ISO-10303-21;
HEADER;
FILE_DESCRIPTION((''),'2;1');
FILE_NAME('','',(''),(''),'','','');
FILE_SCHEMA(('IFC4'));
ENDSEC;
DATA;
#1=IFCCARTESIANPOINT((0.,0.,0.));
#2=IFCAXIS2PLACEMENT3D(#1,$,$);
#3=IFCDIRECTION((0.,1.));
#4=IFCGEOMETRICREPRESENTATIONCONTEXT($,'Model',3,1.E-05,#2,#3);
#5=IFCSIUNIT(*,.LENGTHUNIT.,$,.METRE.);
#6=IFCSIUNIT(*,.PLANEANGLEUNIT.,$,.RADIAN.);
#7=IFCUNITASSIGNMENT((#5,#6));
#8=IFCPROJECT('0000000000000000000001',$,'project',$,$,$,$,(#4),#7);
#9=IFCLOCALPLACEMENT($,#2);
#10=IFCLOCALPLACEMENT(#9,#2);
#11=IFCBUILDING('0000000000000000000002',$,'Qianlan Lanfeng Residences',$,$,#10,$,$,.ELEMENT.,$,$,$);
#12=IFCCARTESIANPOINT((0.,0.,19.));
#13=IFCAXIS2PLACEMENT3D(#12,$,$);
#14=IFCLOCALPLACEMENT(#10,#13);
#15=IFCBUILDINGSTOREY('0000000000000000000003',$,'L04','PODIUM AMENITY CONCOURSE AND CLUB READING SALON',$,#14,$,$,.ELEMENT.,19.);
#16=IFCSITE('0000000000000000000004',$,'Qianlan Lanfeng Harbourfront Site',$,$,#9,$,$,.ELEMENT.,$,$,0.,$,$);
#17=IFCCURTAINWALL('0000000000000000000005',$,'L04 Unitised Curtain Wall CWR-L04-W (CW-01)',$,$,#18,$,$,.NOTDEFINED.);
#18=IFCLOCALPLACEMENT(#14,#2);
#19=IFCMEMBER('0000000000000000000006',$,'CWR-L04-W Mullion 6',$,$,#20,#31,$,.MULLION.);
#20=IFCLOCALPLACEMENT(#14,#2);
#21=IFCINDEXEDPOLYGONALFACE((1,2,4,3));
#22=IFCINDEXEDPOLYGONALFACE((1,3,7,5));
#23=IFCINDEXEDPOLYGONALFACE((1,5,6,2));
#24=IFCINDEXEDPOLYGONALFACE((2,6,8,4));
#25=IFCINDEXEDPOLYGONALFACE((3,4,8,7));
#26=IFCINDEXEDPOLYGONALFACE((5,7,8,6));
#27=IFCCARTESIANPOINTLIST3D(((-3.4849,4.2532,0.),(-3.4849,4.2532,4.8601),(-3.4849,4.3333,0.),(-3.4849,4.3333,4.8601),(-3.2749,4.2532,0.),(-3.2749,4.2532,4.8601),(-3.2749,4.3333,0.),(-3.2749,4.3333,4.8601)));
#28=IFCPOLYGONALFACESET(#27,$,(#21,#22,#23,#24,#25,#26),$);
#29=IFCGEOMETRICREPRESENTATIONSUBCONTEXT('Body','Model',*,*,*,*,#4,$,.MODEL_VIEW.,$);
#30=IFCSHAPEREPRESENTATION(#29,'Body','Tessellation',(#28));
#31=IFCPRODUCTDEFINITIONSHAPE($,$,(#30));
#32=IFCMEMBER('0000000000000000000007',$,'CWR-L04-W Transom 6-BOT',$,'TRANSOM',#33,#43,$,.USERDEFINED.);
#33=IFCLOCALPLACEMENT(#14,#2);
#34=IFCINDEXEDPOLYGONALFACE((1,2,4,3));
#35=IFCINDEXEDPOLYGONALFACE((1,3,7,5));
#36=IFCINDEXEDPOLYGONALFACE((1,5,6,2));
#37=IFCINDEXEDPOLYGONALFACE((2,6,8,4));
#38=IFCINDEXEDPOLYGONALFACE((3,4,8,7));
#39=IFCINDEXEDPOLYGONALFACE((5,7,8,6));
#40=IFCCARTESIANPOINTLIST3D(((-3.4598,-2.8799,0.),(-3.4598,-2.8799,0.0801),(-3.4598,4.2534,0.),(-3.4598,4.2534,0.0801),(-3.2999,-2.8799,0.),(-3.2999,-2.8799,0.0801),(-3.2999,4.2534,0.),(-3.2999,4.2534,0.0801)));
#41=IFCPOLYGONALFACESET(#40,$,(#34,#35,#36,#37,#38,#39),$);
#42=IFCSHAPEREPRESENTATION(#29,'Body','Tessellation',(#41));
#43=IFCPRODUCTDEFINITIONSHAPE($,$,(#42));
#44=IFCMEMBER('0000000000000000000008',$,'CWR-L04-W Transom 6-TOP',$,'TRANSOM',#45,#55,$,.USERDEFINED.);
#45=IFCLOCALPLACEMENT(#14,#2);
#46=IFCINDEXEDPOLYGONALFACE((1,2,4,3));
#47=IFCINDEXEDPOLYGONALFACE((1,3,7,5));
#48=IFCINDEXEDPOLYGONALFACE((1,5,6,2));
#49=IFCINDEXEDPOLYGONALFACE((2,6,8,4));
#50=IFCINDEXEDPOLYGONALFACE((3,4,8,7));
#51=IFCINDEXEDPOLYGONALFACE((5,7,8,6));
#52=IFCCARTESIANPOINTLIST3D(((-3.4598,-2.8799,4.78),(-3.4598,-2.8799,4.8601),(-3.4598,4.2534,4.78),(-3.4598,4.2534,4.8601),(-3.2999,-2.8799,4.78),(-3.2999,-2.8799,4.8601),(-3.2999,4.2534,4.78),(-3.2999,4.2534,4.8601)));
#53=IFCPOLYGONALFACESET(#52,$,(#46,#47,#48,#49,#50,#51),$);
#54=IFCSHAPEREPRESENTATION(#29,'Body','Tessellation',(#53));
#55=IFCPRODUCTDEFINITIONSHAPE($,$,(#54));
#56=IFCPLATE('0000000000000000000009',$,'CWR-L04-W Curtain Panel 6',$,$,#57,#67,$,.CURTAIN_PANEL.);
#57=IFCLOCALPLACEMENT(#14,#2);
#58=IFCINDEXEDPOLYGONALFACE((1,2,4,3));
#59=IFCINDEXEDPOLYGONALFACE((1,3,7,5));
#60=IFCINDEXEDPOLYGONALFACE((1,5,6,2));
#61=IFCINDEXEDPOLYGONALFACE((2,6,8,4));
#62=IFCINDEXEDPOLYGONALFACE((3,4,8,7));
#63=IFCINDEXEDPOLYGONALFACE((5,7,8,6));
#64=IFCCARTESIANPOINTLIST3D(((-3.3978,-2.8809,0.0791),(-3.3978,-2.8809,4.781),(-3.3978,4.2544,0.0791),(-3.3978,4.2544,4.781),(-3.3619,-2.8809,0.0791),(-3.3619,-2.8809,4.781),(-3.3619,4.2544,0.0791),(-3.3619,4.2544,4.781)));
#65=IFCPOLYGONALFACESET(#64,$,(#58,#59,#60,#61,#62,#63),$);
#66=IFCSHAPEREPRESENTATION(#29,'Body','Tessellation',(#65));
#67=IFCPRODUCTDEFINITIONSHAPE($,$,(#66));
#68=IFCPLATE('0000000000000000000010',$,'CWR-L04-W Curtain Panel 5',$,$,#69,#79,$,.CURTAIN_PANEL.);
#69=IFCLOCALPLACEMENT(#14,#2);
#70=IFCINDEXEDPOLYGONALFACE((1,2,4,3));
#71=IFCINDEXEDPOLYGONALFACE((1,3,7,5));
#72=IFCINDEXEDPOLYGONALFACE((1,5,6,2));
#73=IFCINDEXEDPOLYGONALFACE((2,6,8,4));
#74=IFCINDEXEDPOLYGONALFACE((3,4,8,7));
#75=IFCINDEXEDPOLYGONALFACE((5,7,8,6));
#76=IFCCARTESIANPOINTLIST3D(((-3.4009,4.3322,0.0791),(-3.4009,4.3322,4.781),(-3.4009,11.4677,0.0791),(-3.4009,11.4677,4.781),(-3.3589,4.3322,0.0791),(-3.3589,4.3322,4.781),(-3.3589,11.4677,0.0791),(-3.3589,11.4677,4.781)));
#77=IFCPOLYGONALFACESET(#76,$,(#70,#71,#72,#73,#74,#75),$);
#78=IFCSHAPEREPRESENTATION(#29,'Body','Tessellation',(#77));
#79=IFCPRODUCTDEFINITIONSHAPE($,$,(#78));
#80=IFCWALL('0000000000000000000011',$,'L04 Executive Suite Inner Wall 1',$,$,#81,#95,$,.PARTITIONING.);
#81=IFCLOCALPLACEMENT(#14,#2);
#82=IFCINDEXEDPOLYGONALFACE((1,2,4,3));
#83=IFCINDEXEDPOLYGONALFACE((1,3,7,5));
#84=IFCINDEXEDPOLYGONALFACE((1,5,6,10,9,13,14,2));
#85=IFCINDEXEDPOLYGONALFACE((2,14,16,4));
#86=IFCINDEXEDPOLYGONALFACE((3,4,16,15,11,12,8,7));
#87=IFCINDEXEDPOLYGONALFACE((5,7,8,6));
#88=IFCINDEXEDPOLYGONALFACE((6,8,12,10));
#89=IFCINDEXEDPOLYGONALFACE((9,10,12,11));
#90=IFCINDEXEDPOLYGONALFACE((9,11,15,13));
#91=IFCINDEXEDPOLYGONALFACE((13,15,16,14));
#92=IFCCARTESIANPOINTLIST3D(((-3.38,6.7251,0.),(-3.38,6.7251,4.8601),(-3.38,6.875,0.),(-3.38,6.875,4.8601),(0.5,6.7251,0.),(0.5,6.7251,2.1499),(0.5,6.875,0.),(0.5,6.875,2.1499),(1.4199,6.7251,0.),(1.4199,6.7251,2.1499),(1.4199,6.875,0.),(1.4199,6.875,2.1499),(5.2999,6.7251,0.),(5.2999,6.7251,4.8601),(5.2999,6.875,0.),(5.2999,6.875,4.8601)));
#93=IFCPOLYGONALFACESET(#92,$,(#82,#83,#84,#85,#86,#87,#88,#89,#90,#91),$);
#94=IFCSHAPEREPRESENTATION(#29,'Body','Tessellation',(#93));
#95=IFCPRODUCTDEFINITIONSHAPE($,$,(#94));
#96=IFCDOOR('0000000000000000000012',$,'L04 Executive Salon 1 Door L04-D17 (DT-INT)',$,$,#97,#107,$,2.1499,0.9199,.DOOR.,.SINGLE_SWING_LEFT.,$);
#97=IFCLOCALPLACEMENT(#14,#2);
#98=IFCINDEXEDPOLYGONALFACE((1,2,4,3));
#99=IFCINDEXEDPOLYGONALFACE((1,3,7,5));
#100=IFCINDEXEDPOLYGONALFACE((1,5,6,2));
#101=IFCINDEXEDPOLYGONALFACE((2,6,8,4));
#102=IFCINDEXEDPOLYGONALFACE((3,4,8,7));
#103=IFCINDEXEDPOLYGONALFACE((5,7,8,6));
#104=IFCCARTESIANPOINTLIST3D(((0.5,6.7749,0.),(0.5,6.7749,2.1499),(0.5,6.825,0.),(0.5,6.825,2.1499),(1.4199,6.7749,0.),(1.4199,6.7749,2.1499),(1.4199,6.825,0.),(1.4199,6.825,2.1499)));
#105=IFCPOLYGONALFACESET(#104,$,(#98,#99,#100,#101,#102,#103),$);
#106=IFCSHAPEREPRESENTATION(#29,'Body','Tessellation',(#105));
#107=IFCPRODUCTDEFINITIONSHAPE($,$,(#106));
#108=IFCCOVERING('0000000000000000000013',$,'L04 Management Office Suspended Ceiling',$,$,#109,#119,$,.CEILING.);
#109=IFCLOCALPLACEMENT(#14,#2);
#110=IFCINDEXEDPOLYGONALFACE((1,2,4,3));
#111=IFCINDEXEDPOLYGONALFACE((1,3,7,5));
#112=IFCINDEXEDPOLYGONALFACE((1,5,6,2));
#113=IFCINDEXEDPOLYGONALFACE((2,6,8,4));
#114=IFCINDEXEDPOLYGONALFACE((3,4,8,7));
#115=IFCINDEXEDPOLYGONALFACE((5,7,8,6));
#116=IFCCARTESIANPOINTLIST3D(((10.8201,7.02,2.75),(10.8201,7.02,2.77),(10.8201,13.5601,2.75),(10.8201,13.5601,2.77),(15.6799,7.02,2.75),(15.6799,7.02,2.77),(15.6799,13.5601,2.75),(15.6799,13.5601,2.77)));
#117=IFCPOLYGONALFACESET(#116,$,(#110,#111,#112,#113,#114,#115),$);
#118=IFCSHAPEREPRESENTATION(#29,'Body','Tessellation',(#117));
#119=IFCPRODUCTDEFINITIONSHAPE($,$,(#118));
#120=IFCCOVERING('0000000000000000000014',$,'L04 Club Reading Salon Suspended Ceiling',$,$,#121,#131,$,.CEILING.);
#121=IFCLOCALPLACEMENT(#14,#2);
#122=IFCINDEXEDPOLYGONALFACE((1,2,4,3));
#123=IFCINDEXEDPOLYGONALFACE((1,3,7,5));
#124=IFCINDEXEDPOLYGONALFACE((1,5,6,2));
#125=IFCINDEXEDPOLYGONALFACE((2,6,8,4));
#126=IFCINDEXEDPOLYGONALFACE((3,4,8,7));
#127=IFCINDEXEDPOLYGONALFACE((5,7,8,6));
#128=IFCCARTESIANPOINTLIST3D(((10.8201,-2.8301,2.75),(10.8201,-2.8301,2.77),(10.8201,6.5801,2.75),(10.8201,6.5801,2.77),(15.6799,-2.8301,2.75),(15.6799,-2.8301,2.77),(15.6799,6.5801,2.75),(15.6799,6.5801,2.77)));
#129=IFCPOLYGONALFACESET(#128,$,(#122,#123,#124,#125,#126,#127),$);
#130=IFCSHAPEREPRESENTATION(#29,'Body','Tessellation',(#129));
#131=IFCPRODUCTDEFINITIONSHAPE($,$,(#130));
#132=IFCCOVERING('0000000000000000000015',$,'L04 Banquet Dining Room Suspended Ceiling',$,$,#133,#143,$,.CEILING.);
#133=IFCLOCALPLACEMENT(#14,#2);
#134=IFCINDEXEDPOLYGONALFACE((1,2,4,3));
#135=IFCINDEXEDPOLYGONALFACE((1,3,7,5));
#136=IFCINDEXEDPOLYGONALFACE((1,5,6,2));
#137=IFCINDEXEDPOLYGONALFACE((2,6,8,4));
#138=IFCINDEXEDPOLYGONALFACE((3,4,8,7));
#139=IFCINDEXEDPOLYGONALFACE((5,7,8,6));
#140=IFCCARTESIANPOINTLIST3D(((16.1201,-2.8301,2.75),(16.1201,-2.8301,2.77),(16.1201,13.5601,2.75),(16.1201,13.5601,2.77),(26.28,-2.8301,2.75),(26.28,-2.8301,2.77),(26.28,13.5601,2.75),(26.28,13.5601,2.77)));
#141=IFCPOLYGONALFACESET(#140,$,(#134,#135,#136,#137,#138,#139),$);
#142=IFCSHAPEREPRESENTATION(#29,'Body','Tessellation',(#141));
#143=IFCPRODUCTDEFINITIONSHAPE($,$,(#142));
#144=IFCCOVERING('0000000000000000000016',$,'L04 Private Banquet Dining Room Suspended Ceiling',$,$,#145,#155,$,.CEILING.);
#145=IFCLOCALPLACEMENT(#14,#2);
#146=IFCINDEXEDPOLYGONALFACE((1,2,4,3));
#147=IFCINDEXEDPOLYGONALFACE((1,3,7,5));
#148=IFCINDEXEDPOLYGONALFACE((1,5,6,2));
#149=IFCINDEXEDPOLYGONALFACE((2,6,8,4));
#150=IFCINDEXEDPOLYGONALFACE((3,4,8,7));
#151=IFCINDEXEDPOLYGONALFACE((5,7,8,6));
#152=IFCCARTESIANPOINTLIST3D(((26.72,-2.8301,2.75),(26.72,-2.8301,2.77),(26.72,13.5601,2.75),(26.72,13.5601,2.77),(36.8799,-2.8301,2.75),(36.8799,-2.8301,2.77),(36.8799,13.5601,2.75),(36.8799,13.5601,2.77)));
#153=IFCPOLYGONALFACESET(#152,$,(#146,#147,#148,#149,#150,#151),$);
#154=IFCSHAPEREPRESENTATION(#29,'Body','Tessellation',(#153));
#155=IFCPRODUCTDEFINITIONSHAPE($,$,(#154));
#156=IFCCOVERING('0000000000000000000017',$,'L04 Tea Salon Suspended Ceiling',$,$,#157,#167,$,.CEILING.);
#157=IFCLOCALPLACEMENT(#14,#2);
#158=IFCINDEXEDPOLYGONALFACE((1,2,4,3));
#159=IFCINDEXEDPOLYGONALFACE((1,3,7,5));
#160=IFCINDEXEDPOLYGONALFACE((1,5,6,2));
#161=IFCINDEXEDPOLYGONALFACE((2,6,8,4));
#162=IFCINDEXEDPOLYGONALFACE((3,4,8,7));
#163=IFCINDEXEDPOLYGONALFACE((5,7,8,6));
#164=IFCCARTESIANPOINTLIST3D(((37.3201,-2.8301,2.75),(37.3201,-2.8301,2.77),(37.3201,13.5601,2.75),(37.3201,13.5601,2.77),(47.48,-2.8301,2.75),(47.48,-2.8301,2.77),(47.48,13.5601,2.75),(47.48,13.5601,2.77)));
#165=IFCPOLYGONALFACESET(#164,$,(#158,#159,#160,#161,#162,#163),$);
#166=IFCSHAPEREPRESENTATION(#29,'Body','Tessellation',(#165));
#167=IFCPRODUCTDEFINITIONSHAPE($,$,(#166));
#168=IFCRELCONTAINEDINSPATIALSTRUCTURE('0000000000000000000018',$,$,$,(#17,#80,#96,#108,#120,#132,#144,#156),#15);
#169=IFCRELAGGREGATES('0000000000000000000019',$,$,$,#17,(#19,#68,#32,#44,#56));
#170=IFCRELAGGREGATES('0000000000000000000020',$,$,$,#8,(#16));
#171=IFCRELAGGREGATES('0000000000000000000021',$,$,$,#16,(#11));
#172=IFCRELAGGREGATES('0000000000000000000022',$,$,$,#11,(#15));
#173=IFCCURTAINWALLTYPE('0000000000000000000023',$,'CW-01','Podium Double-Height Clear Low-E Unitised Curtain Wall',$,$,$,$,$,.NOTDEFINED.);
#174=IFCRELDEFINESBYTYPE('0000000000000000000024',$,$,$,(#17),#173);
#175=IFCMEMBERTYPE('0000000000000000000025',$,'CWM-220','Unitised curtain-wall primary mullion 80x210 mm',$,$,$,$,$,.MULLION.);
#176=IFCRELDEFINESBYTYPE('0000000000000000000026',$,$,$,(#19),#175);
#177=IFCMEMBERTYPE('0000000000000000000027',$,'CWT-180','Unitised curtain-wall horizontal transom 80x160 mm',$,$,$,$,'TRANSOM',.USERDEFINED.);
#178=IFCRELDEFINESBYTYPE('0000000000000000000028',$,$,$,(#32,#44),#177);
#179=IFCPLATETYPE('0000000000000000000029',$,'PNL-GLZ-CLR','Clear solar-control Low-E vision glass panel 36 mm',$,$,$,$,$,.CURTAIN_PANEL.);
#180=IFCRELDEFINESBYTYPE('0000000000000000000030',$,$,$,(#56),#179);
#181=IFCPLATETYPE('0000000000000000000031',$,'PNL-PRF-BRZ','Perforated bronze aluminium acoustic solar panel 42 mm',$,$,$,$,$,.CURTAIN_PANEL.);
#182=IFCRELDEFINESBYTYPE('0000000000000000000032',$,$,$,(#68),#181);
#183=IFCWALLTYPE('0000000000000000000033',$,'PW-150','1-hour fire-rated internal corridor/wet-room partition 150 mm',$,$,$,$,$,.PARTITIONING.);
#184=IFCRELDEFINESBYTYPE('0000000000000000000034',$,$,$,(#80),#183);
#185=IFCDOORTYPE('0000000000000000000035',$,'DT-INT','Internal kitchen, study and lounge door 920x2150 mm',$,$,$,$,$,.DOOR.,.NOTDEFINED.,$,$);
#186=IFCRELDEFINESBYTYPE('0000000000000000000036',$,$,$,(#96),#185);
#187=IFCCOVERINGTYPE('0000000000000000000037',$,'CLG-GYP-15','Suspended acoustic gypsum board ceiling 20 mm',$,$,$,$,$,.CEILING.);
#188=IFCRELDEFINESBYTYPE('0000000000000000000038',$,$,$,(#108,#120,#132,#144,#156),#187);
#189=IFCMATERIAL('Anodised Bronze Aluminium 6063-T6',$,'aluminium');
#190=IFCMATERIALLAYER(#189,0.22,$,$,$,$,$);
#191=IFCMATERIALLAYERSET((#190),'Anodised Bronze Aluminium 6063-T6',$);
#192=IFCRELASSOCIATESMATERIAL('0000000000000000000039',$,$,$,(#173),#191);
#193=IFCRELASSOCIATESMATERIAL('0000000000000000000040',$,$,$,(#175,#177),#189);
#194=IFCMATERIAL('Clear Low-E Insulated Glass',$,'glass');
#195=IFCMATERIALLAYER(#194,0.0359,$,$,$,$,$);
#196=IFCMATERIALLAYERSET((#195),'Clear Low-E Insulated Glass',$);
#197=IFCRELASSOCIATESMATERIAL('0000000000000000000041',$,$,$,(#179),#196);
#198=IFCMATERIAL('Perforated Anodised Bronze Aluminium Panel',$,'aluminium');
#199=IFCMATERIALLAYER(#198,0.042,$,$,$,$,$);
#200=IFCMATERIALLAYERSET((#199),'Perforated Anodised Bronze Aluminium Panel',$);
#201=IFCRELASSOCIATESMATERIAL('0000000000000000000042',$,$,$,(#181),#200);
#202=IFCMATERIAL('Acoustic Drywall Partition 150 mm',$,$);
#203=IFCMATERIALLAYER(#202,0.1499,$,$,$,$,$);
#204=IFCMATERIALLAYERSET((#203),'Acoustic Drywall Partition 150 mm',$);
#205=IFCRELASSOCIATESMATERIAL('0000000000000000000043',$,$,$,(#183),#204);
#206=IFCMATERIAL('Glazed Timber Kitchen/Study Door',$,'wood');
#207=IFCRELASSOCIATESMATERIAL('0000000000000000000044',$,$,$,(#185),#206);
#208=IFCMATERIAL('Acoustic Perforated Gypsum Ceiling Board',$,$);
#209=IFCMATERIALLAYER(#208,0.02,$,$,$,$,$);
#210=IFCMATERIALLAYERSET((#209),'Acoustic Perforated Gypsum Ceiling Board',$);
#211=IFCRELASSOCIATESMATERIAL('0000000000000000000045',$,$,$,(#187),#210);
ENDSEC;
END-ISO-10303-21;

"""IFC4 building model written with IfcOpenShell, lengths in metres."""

from ifc_helpers import new_model, si_unit, direction, frame, frame_2d, origin, origin_2d, place, context, subcontext, project, spatial, polyline, rectangle, outline, extrude, source, transform, mapped, material, layer, layer_set, material_profile, profile_set, type_object, element, fill, aggregate, save


model = new_model("IFC4")

# Units and contexts
model_context = context("Model", 3, precision=1e-05, world=origin(), true_north=direction((0.0, 1.0)))
body_context = subcontext(model_context, "Body", "Model", "MODEL_VIEW")
ifc_project = project(units=[si_unit("LENGTHUNIT", "METRE"), si_unit("PLANEANGLEUNIT", "RADIAN")], contexts=[model_context])

# Site, building, storey
site_placement = place(None, origin())
site = spatial("IfcSite", under=ifc_project, at=site_placement, Name="Qianlan Lanfeng Harbourfront Site", CompositionType="ELEMENT", RefElevation=0.0)
building_placement = place(site_placement, origin())
building = spatial("IfcBuilding", under=site, at=building_placement, Name="Qianlan Lanfeng Residences", CompositionType="ELEMENT")
storey_placement = place(building_placement, frame((0.0, 0.0, 19.0)))
storey = spatial("IfcBuildingStorey", under=building, at=storey_placement, Name="L04", Description="PODIUM AMENITY CONCOURSE AND CLUB READING SALON", CompositionType="ELEMENT", Elevation=19.0)

# Curtain wall, members, plates
ifc_material_1 = material(Name="Anodised Bronze Aluminium 6063-T6", Category="aluminium")
ifc_layer_1 = layer(ifc_material_1, 0.22)
ifc_layer_set_1 = layer_set([ifc_layer_1], Name="Anodised Bronze Aluminium 6063-T6")
curtain_wall_type = type_object("IfcCurtainWallType", Name="CW-01", Description="Podium Double-Height Clear Low-E Unitised Curtain Wall", PredefinedType="NOTDEFINED", material=ifc_layer_set_1)
curtain_wall_placement = place(storey_placement, origin())
curtain_wall = element("IfcCurtainWall", 1, at=curtain_wall_placement, inside=storey, type_object=curtain_wall_type, Name="L04 Unitised Curtain Wall CWR-L04-W (CW-01)", PredefinedType="NOTDEFINED")
ifc_material_profile_1 = material_profile(ifc_material_1, rectangle(XDim=0.0801, YDim=0.21, at=origin_2d()), Name="ALU MULLION 80x210")
ifc_profile_set_1 = profile_set([ifc_material_profile_1], Name="Anodised Bronze Aluminium 6063-T6")
member_type_1 = type_object("IfcMemberType", Name="CWM-220", Description="Unitised curtain-wall primary mullion 80x210 mm", PredefinedType="MULLION", material=ifc_profile_set_1)
shared_shape_1 = source(origin(), body_context, "Body", "SweptSolid", [
    extrude(rectangle(XDim=0.0801, YDim=0.21, at=origin_2d()), origin(), (0.0, 0.0, 1.0), 4.8601),
])
member_1_placement = place(storey_placement, frame((-3.3799, 4.2932, 0.0), z_axis=(0.0, 0.0, 1.0), x_axis=(0.0, -1.0, 0.0)))
member_1 = element("IfcMember", 2, at=member_1_placement, type_object=member_type_1, Name="CWR-L04-W Mullion 6", PredefinedType="MULLION", context=body_context, shape_type="MappedRepresentation", body=[
    mapped(shared_shape_1, transform((0.0, 0.0, 0.0), scale=1.0)),
])
ifc_material_profile_2 = material_profile(ifc_material_1, rectangle(XDim=0.0801, YDim=0.1599, at=origin_2d()), Name="ALU TRANSOM 80x160")
ifc_profile_set_2 = profile_set([ifc_material_profile_2], Name="Anodised Bronze Aluminium 6063-T6")
member_type_2 = type_object("IfcMemberType", Name="CWT-180", Description="Unitised curtain-wall horizontal transom 80x160 mm", ElementType="TRANSOM", PredefinedType="USERDEFINED", material=ifc_profile_set_2)
shared_shape_2 = source(origin(), body_context, "Body", "SweptSolid", [
    extrude(rectangle(XDim=0.0801, YDim=0.1599, at=origin_2d()), origin(), (0.0, 0.0, 1.0), 7.1333),
])
member_2_placement = place(storey_placement, frame((-3.3799, 4.2534, 0.04), z_axis=(0.0, -1.0, 0.0), x_axis=(0.0, 0.0, 1.0)))
member_2 = element("IfcMember", 3, at=member_2_placement, type_object=member_type_2, Name="CWR-L04-W Transom 6-BOT", ObjectType="TRANSOM", PredefinedType="USERDEFINED", context=body_context, shape_type="MappedRepresentation", body=[
    mapped(shared_shape_2, transform((0.0, 0.0, 0.0), scale=1.0)),
])
member_3_placement = place(storey_placement, frame((-3.3799, 4.2534, 4.8201), z_axis=(0.0, -1.0, 0.0), x_axis=(0.0, 0.0, 1.0)))
member_3 = element("IfcMember", 4, at=member_3_placement, type_object=member_type_2, Name="CWR-L04-W Transom 6-TOP", ObjectType="TRANSOM", PredefinedType="USERDEFINED", context=body_context, shape_type="MappedRepresentation", body=[
    mapped(shared_shape_2, transform((0.0, 0.0, 0.0), scale=1.0)),
])
ifc_material_2 = material(Name="Clear Low-E Insulated Glass", Category="glass")
ifc_layer_2 = layer(ifc_material_2, 0.0359)
ifc_layer_set_2 = layer_set([ifc_layer_2], Name="Clear Low-E Insulated Glass")
plate_type_1 = type_object("IfcPlateType", Name="PNL-GLZ-CLR", Description="Clear solar-control Low-E vision glass panel 36 mm", PredefinedType="CURTAIN_PANEL", material=ifc_layer_set_2)
shared_shape_3 = source(origin(), body_context, "Body", "SweptSolid", [
    extrude(rectangle(XDim=7.1353, YDim=0.0359, at=origin_2d()), origin(), (0.0, 0.0, 1.0), 4.7019),
])
plate_1_placement = place(storey_placement, frame((-3.3799, 0.6868, 0.0791), z_axis=(0.0, 0.0, 1.0), x_axis=(0.0, -1.0, 0.0)))
plate_1 = element("IfcPlate", 5, at=plate_1_placement, type_object=plate_type_1, Name="CWR-L04-W Curtain Panel 6", PredefinedType="CURTAIN_PANEL", context=body_context, shape_type="MappedRepresentation", body=[
    mapped(shared_shape_3, transform((0.0, 0.0, 0.0), scale=1.0)),
])
ifc_material_3 = material(Name="Perforated Anodised Bronze Aluminium Panel", Category="aluminium")
ifc_layer_3 = layer(ifc_material_3, 0.042)
ifc_layer_set_3 = layer_set([ifc_layer_3], Name="Perforated Anodised Bronze Aluminium Panel")
plate_type_2 = type_object("IfcPlateType", Name="PNL-PRF-BRZ", Description="Perforated bronze aluminium acoustic solar panel 42 mm", PredefinedType="CURTAIN_PANEL", material=ifc_layer_set_3)
shared_shape_4 = source(origin(), body_context, "Body", "SweptSolid", [
    extrude(rectangle(XDim=7.1355, YDim=0.042, at=origin_2d()), origin(), (0.0, 0.0, 1.0), 4.7019),
])
plate_2_placement = place(storey_placement, frame((-3.3799, 7.8999, 0.0791), z_axis=(0.0, 0.0, 1.0), x_axis=(0.0, -1.0, 0.0)))
plate_2 = element("IfcPlate", 6, at=plate_2_placement, type_object=plate_type_2, Name="CWR-L04-W Curtain Panel 5", PredefinedType="CURTAIN_PANEL", context=body_context, shape_type="MappedRepresentation", body=[
    mapped(shared_shape_4, transform((0.0, 0.0, 0.0), scale=1.0)),
])
aggregate(curtain_wall, [member_1, plate_2, member_2, member_3, plate_1])

# Wall, opening, door
ifc_material_4 = material(Name="Acoustic Drywall Partition 150 mm")
ifc_layer_4 = layer(ifc_material_4, 0.1499)
ifc_layer_set_4 = layer_set([ifc_layer_4], Name="Acoustic Drywall Partition 150 mm")
wall_type = type_object("IfcWallType", Name="PW-150", Description="1-hour fire-rated internal corridor/wet-room partition 150 mm", PredefinedType="PARTITIONING", material=ifc_layer_set_4)
wall_placement = place(storey_placement, frame((-3.3799, 6.8, 0.0), z_axis=(0.0, 0.0, 1.0), x_axis=(1.0, 0.0, 0.0)))
wall = element("IfcWall", 7, at=wall_placement, inside=storey, type_object=wall_type, Name="L04 Executive Suite Inner Wall 1", PredefinedType="PARTITIONING", context=body_context, shape_type="SweptSolid", body=[
    extrude(rectangle(XDim=8.6799, YDim=0.1499, at=frame_2d((4.3398, 0.0))), origin(), (0.0, 0.0, 1.0), 4.8601),
])
opening_placement = place(wall_placement, frame((3.8799, 0.0, 0.0)))
opening = element("IfcOpeningElement", 8, at=opening_placement, cuts=wall, PredefinedType="OPENING", context=body_context, shape_type="SweptSolid", body=[
    extrude(rectangle(XDim=0.9199, YDim=2.1499, at=frame_2d((0.46, 1.075))), frame((0.0, 0.085, 0.0), z_axis=(0.0, -1.0, 0.0), x_axis=(1.0, 0.0, 0.0)), (0.0, 0.0, 1.0), 0.1699),
])
ifc_material_5 = material(Name="Glazed Timber Kitchen/Study Door", Category="wood")
door_type = type_object("IfcDoorType", Name="DT-INT", Description="Internal kitchen, study and lounge door 920x2150 mm", OperationType="NOTDEFINED", PredefinedType="DOOR", material=ifc_material_5)
door_placement = place(opening_placement, origin())
door = element("IfcDoor", 9, at=door_placement, inside=storey, type_object=door_type, Name="L04 Executive Salon 1 Door L04-D17 (DT-INT)", OperationType="SINGLE_SWING_LEFT", OverallHeight=2.1499, OverallWidth=0.9199, PredefinedType="DOOR", context=body_context, shape_type="SweptSolid", body=[
    extrude(rectangle(XDim=0.9199, YDim=2.1499, at=frame_2d((0.46, 1.075))), frame((0.0, 0.0249, 0.0), z_axis=(0.0, -1.0, 0.0), x_axis=(1.0, 0.0, 0.0)), (0.0, 0.0, 1.0), 0.05),
])
fill(opening, door)

# Coverings
ifc_material_6 = material(Name="Acoustic Perforated Gypsum Ceiling Board")
ifc_layer_5 = layer(ifc_material_6, 0.02)
ifc_layer_set_5 = layer_set([ifc_layer_5], Name="Acoustic Perforated Gypsum Ceiling Board")
covering_type_1 = type_object("IfcCoveringType", Name="CLG-GYP-15", Description="Suspended acoustic gypsum board ceiling 20 mm", PredefinedType="CEILING", material=ifc_layer_set_5)
covering_1_placement = place(storey_placement, frame((0.0, 0.0, 2.75)))
element("IfcCovering", 10, at=covering_1_placement, inside=storey, type_object=covering_type_1, Name="L04 Management Office Suspended Ceiling", PredefinedType="CEILING", context=body_context, shape_type="SweptSolid", body=[
    extrude(outline(polyline([(10.8201, 7.02), (15.6799, 7.02), (15.6799, 13.5601), (10.8201, 13.5601), (10.8201, 7.02)])), origin(), (0.0, 0.0, 1.0), 0.02),
])
covering_2_placement = place(storey_placement, frame((0.0, 0.0, 2.75)))
element("IfcCovering", 11, at=covering_2_placement, inside=storey, type_object=covering_type_1, Name="L04 Club Reading Salon Suspended Ceiling", PredefinedType="CEILING", context=body_context, shape_type="SweptSolid", body=[
    extrude(outline(polyline([(10.8201, -2.8301), (15.6799, -2.8301), (15.6799, 6.5801), (10.8201, 6.5801), (10.8201, -2.8301)])), origin(), (0.0, 0.0, 1.0), 0.02),
])
covering_3_placement = place(storey_placement, frame((0.0, 0.0, 2.75)))
element("IfcCovering", 12, at=covering_3_placement, inside=storey, type_object=covering_type_1, Name="L04 Banquet Dining Room Suspended Ceiling", PredefinedType="CEILING", context=body_context, shape_type="SweptSolid", body=[
    extrude(outline(polyline([(16.1201, -2.8301), (26.28, -2.8301), (26.28, 13.5601), (16.1201, 13.5601), (16.1201, -2.8301)])), origin(), (0.0, 0.0, 1.0), 0.02),
])
covering_4_placement = place(storey_placement, frame((0.0, 0.0, 2.75)))
element("IfcCovering", 13, at=covering_4_placement, inside=storey, type_object=covering_type_1, Name="L04 Private Banquet Dining Room Suspended Ceiling", PredefinedType="CEILING", context=body_context, shape_type="SweptSolid", body=[
    extrude(outline(polyline([(26.72, -2.8301), (36.8799, -2.8301), (36.8799, 13.5601), (26.72, 13.5601), (26.72, -2.8301)])), origin(), (0.0, 0.0, 1.0), 0.02),
])
covering_5_placement = place(storey_placement, frame((0.0, 0.0, 2.75)))
element("IfcCovering", 14, at=covering_5_placement, inside=storey, type_object=covering_type_1, Name="L04 Tea Salon Suspended Ceiling", PredefinedType="CEILING", context=body_context, shape_type="SweptSolid", body=[
    extrude(outline(polyline([(37.3201, -2.8301), (47.48, -2.8301), (47.48, 13.5601), (37.3201, 13.5601), (37.3201, -2.8301)])), origin(), (0.0, 0.0, 1.0), 0.02),
])

save(model, "model.ifc")
